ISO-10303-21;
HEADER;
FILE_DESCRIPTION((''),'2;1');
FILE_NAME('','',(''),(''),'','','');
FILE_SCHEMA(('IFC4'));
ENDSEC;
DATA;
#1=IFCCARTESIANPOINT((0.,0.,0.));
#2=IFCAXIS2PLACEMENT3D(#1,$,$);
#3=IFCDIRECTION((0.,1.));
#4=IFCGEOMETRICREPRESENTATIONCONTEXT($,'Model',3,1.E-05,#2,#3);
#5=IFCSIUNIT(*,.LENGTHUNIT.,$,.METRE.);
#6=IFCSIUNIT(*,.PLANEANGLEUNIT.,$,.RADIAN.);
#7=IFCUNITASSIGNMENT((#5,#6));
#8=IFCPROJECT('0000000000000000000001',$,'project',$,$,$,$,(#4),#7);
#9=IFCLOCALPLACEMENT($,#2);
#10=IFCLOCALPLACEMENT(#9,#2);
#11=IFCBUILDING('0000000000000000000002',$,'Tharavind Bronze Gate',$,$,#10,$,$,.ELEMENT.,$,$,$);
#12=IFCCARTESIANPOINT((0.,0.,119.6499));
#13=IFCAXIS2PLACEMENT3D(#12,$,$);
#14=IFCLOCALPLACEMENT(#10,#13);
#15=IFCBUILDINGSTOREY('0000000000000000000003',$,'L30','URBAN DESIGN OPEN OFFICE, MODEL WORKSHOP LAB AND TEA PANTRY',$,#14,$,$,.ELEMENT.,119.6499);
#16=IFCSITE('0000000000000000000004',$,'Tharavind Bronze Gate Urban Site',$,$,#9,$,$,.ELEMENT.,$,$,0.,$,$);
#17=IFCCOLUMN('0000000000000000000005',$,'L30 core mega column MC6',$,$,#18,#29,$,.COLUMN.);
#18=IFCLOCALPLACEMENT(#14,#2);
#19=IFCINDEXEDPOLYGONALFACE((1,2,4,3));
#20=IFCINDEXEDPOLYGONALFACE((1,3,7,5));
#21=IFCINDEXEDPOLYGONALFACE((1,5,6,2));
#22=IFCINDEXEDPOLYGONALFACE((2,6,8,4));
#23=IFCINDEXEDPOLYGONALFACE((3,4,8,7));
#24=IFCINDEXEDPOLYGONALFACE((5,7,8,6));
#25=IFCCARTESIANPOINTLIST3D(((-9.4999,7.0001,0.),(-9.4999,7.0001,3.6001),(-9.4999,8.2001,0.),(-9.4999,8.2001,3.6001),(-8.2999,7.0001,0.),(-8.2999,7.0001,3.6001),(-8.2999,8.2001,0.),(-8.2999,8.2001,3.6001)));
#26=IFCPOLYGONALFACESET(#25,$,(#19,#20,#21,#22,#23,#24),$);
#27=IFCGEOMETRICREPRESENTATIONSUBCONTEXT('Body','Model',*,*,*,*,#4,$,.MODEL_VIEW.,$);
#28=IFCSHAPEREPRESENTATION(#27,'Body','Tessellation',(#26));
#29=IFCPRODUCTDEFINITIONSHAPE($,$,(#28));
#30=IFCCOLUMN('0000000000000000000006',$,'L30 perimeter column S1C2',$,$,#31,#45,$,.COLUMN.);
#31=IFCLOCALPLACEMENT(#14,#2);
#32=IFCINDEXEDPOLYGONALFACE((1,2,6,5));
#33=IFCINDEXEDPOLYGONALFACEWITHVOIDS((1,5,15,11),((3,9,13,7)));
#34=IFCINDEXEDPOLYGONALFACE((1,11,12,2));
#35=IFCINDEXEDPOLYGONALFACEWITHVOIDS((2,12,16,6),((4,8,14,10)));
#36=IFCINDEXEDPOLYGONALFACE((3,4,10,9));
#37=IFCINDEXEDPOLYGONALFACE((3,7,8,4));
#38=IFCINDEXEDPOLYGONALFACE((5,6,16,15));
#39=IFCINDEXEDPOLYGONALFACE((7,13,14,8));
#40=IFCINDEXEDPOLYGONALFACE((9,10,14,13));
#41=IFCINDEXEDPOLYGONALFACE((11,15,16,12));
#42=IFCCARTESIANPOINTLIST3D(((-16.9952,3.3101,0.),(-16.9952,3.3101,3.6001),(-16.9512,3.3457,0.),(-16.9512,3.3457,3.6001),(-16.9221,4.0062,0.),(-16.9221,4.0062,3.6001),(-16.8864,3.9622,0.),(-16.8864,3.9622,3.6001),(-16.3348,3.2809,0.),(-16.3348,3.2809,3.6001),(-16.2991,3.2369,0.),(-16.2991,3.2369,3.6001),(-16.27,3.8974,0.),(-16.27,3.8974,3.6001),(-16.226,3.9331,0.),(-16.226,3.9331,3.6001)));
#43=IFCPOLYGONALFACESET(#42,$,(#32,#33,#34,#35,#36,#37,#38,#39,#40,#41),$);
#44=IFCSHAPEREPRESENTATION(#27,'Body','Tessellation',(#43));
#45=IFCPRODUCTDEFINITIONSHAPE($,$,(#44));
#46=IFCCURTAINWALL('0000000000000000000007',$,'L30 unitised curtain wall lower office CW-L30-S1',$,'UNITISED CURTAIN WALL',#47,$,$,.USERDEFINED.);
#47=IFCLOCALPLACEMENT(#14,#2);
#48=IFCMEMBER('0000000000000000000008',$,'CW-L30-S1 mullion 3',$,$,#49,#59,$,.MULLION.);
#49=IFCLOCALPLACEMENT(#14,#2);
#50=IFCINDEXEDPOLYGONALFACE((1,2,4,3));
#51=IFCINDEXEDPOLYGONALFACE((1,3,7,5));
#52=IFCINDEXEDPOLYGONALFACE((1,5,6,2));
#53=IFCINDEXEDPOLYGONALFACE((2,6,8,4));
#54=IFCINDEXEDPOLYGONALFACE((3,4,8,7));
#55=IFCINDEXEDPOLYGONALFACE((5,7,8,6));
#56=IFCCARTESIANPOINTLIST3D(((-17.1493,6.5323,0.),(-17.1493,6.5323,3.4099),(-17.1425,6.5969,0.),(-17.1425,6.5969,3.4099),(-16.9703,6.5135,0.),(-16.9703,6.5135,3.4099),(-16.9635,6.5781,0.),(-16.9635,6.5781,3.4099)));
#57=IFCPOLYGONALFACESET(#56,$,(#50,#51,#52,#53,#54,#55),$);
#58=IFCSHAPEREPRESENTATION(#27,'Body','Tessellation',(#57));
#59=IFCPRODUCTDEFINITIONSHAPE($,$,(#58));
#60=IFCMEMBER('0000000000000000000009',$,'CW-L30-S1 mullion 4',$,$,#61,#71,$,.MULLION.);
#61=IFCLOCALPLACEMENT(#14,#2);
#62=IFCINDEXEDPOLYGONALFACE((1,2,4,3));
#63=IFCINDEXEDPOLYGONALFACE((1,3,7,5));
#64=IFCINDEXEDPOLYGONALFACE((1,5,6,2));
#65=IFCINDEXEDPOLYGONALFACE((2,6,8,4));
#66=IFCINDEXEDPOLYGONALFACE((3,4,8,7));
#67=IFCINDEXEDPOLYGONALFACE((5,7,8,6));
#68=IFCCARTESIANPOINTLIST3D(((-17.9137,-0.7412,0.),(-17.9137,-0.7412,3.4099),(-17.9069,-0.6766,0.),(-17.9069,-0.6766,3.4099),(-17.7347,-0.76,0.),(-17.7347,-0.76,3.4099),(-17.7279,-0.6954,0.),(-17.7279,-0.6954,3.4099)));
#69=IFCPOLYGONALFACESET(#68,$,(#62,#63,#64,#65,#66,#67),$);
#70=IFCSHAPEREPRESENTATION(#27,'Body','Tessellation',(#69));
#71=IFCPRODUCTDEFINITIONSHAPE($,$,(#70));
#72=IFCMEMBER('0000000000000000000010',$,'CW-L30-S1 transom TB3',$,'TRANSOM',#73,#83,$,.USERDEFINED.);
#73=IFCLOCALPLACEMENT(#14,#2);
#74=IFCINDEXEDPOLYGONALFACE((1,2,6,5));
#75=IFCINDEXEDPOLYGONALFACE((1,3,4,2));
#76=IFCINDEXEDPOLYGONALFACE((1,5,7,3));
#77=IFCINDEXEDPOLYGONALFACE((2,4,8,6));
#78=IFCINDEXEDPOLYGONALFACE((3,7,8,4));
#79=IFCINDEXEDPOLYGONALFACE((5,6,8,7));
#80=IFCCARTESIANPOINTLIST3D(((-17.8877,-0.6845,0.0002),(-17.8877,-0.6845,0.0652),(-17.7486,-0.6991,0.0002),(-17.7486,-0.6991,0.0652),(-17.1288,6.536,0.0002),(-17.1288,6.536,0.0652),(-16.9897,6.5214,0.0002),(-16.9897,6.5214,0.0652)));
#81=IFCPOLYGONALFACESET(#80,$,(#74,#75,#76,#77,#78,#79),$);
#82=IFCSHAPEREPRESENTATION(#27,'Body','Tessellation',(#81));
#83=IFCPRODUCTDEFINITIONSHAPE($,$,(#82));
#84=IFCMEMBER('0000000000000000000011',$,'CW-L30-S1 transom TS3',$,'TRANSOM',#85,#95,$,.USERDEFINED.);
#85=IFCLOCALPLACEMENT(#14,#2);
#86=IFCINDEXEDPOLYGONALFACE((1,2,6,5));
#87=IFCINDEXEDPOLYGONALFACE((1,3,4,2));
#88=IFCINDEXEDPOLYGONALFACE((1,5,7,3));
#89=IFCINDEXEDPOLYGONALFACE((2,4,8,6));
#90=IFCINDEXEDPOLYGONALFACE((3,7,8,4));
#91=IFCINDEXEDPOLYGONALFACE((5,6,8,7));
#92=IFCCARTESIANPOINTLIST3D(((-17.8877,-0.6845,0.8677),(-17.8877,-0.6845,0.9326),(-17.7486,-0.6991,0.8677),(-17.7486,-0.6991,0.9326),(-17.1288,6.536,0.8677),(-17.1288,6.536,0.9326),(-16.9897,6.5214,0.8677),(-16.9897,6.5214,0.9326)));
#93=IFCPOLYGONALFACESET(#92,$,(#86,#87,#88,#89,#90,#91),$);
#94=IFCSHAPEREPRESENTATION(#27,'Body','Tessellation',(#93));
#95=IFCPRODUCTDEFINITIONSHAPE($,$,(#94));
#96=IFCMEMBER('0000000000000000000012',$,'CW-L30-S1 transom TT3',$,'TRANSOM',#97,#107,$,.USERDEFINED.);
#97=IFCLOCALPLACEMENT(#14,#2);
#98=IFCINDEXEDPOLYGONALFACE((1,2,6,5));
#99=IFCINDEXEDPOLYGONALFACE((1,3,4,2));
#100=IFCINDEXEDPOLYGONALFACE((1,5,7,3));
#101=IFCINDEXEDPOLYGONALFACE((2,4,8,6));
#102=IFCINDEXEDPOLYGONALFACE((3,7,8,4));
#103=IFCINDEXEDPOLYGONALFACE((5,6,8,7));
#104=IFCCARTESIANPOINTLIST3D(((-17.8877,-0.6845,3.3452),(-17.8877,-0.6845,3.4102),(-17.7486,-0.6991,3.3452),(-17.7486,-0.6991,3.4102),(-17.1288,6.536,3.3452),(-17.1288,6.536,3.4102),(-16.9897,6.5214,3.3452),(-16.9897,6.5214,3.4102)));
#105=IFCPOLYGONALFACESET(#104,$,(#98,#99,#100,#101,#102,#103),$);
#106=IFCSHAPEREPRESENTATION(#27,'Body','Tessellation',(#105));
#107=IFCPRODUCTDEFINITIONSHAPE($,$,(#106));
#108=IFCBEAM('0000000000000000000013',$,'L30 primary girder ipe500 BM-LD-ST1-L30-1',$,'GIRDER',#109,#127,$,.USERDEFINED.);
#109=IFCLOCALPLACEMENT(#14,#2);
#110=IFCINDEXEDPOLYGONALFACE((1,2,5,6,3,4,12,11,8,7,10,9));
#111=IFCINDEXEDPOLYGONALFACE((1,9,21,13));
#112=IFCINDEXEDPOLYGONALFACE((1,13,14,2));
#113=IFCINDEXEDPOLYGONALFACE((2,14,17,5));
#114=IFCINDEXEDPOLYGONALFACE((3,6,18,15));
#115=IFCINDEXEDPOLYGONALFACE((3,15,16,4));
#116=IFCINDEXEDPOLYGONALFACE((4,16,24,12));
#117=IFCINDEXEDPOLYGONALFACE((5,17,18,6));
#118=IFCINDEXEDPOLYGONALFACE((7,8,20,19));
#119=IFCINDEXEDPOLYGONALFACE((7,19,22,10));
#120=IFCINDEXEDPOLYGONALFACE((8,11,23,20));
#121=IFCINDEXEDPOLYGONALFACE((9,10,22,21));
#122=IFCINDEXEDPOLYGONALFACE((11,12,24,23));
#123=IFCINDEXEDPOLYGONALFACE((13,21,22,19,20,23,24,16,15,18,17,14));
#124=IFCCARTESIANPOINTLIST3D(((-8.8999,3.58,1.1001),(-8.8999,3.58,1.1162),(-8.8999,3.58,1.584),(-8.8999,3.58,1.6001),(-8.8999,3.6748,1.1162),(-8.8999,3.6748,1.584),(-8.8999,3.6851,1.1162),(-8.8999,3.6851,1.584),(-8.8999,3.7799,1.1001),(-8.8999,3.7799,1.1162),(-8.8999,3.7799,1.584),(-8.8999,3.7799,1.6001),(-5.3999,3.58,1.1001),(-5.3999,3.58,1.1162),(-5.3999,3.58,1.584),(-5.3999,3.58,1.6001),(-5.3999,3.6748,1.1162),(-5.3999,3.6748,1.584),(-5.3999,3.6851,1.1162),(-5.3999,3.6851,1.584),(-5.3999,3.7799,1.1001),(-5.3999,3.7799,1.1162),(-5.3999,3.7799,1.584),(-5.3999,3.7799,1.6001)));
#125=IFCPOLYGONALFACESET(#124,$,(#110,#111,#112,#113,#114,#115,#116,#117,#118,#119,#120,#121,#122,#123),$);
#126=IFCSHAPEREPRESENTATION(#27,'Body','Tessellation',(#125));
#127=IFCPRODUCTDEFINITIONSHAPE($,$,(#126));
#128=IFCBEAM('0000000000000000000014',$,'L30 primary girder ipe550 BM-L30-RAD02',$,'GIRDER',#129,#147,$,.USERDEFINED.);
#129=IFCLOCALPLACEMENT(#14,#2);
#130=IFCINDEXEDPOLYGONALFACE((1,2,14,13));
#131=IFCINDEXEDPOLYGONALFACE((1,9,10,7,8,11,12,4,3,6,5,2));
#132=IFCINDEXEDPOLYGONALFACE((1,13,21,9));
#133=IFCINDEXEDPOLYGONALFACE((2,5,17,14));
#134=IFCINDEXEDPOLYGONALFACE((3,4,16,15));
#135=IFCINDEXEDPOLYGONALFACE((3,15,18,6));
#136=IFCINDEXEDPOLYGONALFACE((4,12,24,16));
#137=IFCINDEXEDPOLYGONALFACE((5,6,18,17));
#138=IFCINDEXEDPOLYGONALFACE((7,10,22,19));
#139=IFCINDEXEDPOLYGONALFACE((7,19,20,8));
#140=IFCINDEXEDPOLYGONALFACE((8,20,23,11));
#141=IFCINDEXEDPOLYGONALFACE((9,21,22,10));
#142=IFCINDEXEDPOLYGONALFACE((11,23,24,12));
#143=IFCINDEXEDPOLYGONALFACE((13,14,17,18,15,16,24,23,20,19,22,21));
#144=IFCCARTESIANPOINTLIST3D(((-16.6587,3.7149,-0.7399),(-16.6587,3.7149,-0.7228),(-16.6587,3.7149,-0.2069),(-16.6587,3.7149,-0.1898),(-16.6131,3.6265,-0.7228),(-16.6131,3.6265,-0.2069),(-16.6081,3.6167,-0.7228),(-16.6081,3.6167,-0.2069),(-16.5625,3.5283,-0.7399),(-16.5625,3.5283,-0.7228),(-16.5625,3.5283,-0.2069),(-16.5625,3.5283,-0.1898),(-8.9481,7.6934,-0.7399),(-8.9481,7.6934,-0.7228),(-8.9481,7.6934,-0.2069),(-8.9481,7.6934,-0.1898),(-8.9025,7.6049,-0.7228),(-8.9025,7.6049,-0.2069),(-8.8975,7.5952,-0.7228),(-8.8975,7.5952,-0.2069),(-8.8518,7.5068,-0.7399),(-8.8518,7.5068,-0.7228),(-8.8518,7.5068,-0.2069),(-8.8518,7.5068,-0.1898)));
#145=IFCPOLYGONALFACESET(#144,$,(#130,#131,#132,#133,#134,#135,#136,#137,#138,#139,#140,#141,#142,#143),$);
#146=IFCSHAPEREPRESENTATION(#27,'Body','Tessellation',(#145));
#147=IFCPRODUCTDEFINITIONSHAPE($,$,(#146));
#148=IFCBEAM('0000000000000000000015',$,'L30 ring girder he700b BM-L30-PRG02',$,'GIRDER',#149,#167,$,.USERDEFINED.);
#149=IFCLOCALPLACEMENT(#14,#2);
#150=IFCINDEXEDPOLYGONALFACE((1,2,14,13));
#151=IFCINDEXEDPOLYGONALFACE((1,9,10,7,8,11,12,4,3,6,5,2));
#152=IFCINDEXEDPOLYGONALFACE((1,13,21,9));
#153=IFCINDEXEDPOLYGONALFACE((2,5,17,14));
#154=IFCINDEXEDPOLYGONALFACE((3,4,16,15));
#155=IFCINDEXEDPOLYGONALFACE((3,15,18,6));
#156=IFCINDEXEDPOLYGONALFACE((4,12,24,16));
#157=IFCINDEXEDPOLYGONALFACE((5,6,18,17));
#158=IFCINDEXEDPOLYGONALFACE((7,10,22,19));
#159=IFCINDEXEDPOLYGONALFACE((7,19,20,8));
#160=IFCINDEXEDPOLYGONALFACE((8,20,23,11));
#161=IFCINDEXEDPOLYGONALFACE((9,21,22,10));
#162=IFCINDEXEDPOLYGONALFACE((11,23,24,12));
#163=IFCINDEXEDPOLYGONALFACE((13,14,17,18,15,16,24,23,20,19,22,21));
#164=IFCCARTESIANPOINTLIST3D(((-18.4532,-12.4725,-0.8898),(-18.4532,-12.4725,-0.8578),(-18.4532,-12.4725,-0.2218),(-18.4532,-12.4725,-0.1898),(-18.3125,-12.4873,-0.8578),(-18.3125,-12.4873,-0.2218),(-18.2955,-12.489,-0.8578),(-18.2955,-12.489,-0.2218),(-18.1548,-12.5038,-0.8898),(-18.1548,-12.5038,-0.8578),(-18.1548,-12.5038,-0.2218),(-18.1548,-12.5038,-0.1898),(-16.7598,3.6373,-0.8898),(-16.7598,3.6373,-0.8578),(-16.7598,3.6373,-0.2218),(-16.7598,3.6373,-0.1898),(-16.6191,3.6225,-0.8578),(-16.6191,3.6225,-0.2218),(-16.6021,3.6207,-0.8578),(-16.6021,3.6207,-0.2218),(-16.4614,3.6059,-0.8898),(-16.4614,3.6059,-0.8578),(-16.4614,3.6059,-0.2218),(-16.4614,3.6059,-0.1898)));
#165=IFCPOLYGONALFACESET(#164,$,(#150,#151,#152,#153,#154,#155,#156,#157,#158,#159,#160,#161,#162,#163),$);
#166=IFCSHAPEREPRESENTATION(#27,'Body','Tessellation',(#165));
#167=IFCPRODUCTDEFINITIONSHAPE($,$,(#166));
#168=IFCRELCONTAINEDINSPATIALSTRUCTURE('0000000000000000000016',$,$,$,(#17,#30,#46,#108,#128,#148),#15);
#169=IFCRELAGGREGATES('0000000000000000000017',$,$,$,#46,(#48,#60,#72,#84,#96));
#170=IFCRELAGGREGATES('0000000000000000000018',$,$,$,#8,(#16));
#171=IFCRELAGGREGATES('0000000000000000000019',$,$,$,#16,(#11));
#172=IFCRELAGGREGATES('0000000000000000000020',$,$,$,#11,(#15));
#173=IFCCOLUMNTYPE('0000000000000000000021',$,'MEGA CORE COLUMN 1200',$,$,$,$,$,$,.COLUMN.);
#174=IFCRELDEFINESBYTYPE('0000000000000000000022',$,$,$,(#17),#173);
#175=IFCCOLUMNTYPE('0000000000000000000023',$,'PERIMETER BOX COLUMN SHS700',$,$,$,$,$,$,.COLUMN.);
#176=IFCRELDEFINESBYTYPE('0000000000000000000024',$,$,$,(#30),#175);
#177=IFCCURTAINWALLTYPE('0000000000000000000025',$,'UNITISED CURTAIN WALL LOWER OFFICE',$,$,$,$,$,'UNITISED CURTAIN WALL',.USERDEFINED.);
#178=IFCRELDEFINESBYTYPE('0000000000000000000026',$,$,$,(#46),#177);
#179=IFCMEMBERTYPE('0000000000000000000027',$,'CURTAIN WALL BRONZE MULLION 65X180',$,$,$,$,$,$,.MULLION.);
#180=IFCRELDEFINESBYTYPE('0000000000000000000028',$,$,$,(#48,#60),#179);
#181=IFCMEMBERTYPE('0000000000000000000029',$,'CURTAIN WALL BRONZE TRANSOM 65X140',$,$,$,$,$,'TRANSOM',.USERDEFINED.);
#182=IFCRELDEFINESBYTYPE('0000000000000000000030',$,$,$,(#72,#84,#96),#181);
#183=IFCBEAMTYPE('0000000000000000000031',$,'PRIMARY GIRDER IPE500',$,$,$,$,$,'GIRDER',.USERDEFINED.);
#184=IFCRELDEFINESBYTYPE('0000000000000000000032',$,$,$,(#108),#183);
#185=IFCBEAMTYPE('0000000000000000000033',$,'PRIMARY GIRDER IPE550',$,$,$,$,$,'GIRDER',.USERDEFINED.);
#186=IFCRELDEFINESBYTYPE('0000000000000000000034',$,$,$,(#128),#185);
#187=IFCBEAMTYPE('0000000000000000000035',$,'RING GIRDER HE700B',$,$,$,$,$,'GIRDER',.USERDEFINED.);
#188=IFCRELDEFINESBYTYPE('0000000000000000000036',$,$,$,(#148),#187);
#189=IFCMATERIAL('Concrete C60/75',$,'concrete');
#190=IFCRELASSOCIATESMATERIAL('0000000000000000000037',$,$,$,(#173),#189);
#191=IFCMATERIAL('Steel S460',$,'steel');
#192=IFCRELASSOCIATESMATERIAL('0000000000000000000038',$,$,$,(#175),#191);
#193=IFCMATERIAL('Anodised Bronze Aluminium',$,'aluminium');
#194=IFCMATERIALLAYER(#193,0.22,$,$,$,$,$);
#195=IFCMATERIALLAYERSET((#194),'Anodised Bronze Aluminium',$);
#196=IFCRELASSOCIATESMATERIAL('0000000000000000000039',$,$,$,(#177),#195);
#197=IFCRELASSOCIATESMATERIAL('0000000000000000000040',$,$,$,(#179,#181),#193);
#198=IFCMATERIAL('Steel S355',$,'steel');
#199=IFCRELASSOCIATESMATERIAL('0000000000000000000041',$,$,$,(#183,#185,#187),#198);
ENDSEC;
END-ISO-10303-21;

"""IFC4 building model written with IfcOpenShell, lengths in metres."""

from ifc_helpers import new_model, si_unit, direction, frame, origin, origin_2d, place, context, subcontext, project, spatial, rectangle, hollow_rectangle, i_section, extrude, material, layer, layer_set, material_profile, profile_set, type_object, element, aggregate, save


model = new_model("IFC4")

# Units and contexts
model_context = context("Model", 3, precision=1e-05, world=origin(), true_north=direction((0.0, 1.0)))
body_context = subcontext(model_context, "Body", "Model", "MODEL_VIEW")
ifc_project = project(units=[si_unit("LENGTHUNIT", "METRE"), si_unit("PLANEANGLEUNIT", "RADIAN")], contexts=[model_context])

# Site, building, storey
site_placement = place(None, origin())
site = spatial("IfcSite", under=ifc_project, at=site_placement, Name="Tharavind Bronze Gate Urban Site", CompositionType="ELEMENT", RefElevation=0.0)
building_placement = place(site_placement, origin())
building = spatial("IfcBuilding", under=site, at=building_placement, Name="Tharavind Bronze Gate", CompositionType="ELEMENT")
storey_placement = place(building_placement, frame((0.0, 0.0, 119.6499)))
storey = spatial("IfcBuildingStorey", under=building, at=storey_placement, Name="L30", Description="URBAN DESIGN OPEN OFFICE, MODEL WORKSHOP LAB AND TEA PANTRY", CompositionType="ELEMENT", Elevation=119.6499)

# Columns
ifc_material_1 = material(Name="Concrete C60/75", Category="concrete")
ifc_material_profile_1 = material_profile(ifc_material_1, rectangle(XDim=1.2, YDim=1.2, at=origin_2d()), Name="RCCOL1200")
ifc_profile_set_1 = profile_set([ifc_material_profile_1], Name="Concrete C60/75")
column_type_1 = type_object("IfcColumnType", Name="MEGA CORE COLUMN 1200", PredefinedType="COLUMN", material=ifc_profile_set_1)
column_1_placement = place(storey_placement, frame((-8.8999, 7.6001, 0.0), z_axis=(0.0, 0.0, 1.0), x_axis=(1.0, 0.0, 0.0)))
element("IfcColumn", 1, at=column_1_placement, inside=storey, type_object=column_type_1, Name="L30 core mega column MC6", PredefinedType="COLUMN", context=body_context, shape_type="SweptSolid", body=[
    extrude(rectangle(XDim=1.2, YDim=1.2, at=origin_2d()), origin(), (0.0, 0.0, 1.0), 3.6001),
])
ifc_material_2 = material(Name="Steel S460", Category="steel")
ifc_material_profile_2 = material_profile(ifc_material_2, hollow_rectangle(XDim=0.7, YDim=0.7, WallThickness=0.04, at=origin_2d()), Name="SHS700X40")
ifc_profile_set_2 = profile_set([ifc_material_profile_2], Name="Steel S460")
column_type_2 = type_object("IfcColumnType", Name="PERIMETER BOX COLUMN SHS700", PredefinedType="COLUMN", material=ifc_profile_set_2)
column_2_placement = place(storey_placement, frame((-16.6106, 3.6216, 0.0), z_axis=(0.0, 0.0, 1.0), x_axis=(0.10453, 0.994522, 0.0)))
element("IfcColumn", 2, at=column_2_placement, inside=storey, type_object=column_type_2, Name="L30 perimeter column S1C2", PredefinedType="COLUMN", context=body_context, shape_type="SweptSolid", body=[
    extrude(hollow_rectangle(XDim=0.7, YDim=0.7, WallThickness=0.04, at=origin_2d()), origin(), (0.0, 0.0, 1.0), 3.6001),
])

# Curtain wall, members
ifc_material_3 = material(Name="Anodised Bronze Aluminium", Category="aluminium")
ifc_layer_1 = layer(ifc_material_3, 0.22)
ifc_layer_set_1 = layer_set([ifc_layer_1], Name="Anodised Bronze Aluminium")
curtain_wall_type = type_object("IfcCurtainWallType", Name="UNITISED CURTAIN WALL LOWER OFFICE", ElementType="UNITISED CURTAIN WALL", PredefinedType="USERDEFINED", material=ifc_layer_set_1)
curtain_wall_placement = place(storey_placement, origin())
curtain_wall = element("IfcCurtainWall", 3, at=curtain_wall_placement, inside=storey, type_object=curtain_wall_type, Name="L30 unitised curtain wall lower office CW-L30-S1", ObjectType="UNITISED CURTAIN WALL", PredefinedType="USERDEFINED")
member_type_1 = type_object("IfcMemberType", Name="CURTAIN WALL BRONZE MULLION 65X180", PredefinedType="MULLION", material=ifc_material_3)
member_1_placement = place(storey_placement, frame((-17.0564, 6.5552, 0.0), z_axis=(0.0, 0.0, 1.0), x_axis=(-0.104527, -0.994522, 0.0)))
member_1 = element("IfcMember", 4, at=member_1_placement, type_object=member_type_1, Name="CW-L30-S1 mullion 3", PredefinedType="MULLION", context=body_context, shape_type="SweptSolid", body=[
    extrude(rectangle(XDim=0.0649, YDim=0.1799, at=origin_2d()), origin(), (0.0, 0.0, 1.0), 3.4099),
])
member_2_placement = place(storey_placement, frame((-17.8208, -0.7183, 0.0), z_axis=(0.0, 0.0, 1.0), x_axis=(-0.104527, -0.994522, 0.0)))
member_2 = element("IfcMember", 5, at=member_2_placement, type_object=member_type_1, Name="CW-L30-S1 mullion 4", PredefinedType="MULLION", context=body_context, shape_type="SweptSolid", body=[
    extrude(rectangle(XDim=0.0649, YDim=0.1799, at=origin_2d()), origin(), (0.0, 0.0, 1.0), 3.4099),
])
member_type_2 = type_object("IfcMemberType", Name="CURTAIN WALL BRONZE TRANSOM 65X140", ElementType="TRANSOM", PredefinedType="USERDEFINED", material=ifc_material_3)
member_3_placement = place(storey_placement, frame((-17.4387, 2.9185, 0.0002), z_axis=(0.0, 0.0, 1.0), x_axis=(-0.104527, -0.994522, 0.0)))
member_3 = element("IfcMember", 6, at=member_3_placement, type_object=member_type_2, Name="CW-L30-S1 transom TB3", ObjectType="TRANSOM", PredefinedType="USERDEFINED", context=body_context, shape_type="SweptSolid", body=[
    extrude(rectangle(XDim=7.2603, YDim=0.1399, at=origin_2d()), origin(), (0.0, 0.0, 1.0), 0.0649),
])
member_4_placement = place(storey_placement, frame((-17.4387, 2.9185, 0.8677), z_axis=(0.0, 0.0, 1.0), x_axis=(-0.104527, -0.994522, 0.0)))
member_4 = element("IfcMember", 7, at=member_4_placement, type_object=member_type_2, Name="CW-L30-S1 transom TS3", ObjectType="TRANSOM", PredefinedType="USERDEFINED", context=body_context, shape_type="SweptSolid", body=[
    extrude(rectangle(XDim=7.2603, YDim=0.1399, at=origin_2d()), origin(), (0.0, 0.0, 1.0), 0.0649),
])
member_5_placement = place(storey_placement, frame((-17.4387, 2.9185, 3.3452), z_axis=(0.0, 0.0, 1.0), x_axis=(-0.104527, -0.994522, 0.0)))
member_5 = element("IfcMember", 8, at=member_5_placement, type_object=member_type_2, Name="CW-L30-S1 transom TT3", ObjectType="TRANSOM", PredefinedType="USERDEFINED", context=body_context, shape_type="SweptSolid", body=[
    extrude(rectangle(XDim=7.2603, YDim=0.1399, at=origin_2d()), origin(), (0.0, 0.0, 1.0), 0.0649),
])

# Beams
ifc_material_4 = material(Name="Steel S355", Category="steel")
ifc_material_profile_3 = material_profile(ifc_material_4, i_section(OverallWidth=0.2, OverallDepth=0.5, WebThickness=0.0103, FlangeThickness=0.0161, at=origin_2d()), Name="IPE500")
ifc_profile_set_3 = profile_set([ifc_material_profile_3], Name="Steel S355")
beam_type_1 = type_object("IfcBeamType", Name="PRIMARY GIRDER IPE500", ElementType="GIRDER", PredefinedType="USERDEFINED", material=ifc_profile_set_3)
beam_1_placement = place(storey_placement, frame((-8.8999, 3.6799, 1.3501), z_axis=(1.0, 0.0, 0.0), x_axis=(0.0, 1.0, 0.0)))
element("IfcBeam", 9, at=beam_1_placement, inside=storey, type_object=beam_type_1, Name="L30 primary girder ipe500 BM-LD-ST1-L30-1", ObjectType="GIRDER", PredefinedType="USERDEFINED", context=body_context, shape_type="SweptSolid", body=[
    extrude(i_section(OverallWidth=0.2, OverallDepth=0.5, WebThickness=0.0103, FlangeThickness=0.0161, at=origin_2d()), origin(), (0.0, 0.0, 1.0), 3.5),
])
ifc_material_profile_4 = material_profile(ifc_material_4, i_section(OverallWidth=0.21, OverallDepth=0.55, WebThickness=0.011, FlangeThickness=0.0171, at=origin_2d()), Name="IPE550")
ifc_profile_set_4 = profile_set([ifc_material_profile_4], Name="Steel S355")
beam_type_2 = type_object("IfcBeamType", Name="PRIMARY GIRDER IPE550", ElementType="GIRDER", PredefinedType="USERDEFINED", material=ifc_profile_set_4)
beam_2_placement = place(storey_placement, frame((-16.6106, 3.6216, -0.4648), z_axis=(0.888677, 0.458534, 0.0), x_axis=(-0.458534, 0.888677, 0.0)))
element("IfcBeam", 10, at=beam_2_placement, inside=storey, type_object=beam_type_2, Name="L30 primary girder ipe550 BM-L30-RAD02", ObjectType="GIRDER", PredefinedType="USERDEFINED", context=body_context, shape_type="SweptSolid", body=[
    extrude(i_section(OverallWidth=0.21, OverallDepth=0.55, WebThickness=0.011, FlangeThickness=0.0171, at=origin_2d()), origin(), (0.0, 0.0, 1.0), 8.6765),
])
ifc_material_profile_5 = material_profile(ifc_material_4, i_section(OverallWidth=0.3, OverallDepth=0.7, WebThickness=0.0171, FlangeThickness=0.032, at=origin_2d()), Name="HE700B")
ifc_profile_set_5 = profile_set([ifc_material_profile_5], Name="Steel S355")
beam_type_3 = type_object("IfcBeamType", Name="RING GIRDER HE700B", ElementType="GIRDER", PredefinedType="USERDEFINED", material=ifc_profile_set_5)
beam_3_placement = place(storey_placement, frame((-16.6106, 3.6216, -0.5398), z_axis=(-0.104539, -0.994521, 0.0), x_axis=(0.994521, -0.104539, 0.0)))
element("IfcBeam", 11, at=beam_3_placement, inside=storey, type_object=beam_type_3, Name="L30 ring girder he700b BM-L30-PRG02", ObjectType="GIRDER", PredefinedType="USERDEFINED", context=body_context, shape_type="SweptSolid", body=[
    extrude(i_section(OverallWidth=0.3, OverallDepth=0.7, WebThickness=0.0171, FlangeThickness=0.032, at=origin_2d()), origin(), (0.0, 0.0, 1.0), 16.1985),
])

aggregate(curtain_wall, [member_1, member_2, member_3, member_4, member_5])

save(model, "model.ifc")
